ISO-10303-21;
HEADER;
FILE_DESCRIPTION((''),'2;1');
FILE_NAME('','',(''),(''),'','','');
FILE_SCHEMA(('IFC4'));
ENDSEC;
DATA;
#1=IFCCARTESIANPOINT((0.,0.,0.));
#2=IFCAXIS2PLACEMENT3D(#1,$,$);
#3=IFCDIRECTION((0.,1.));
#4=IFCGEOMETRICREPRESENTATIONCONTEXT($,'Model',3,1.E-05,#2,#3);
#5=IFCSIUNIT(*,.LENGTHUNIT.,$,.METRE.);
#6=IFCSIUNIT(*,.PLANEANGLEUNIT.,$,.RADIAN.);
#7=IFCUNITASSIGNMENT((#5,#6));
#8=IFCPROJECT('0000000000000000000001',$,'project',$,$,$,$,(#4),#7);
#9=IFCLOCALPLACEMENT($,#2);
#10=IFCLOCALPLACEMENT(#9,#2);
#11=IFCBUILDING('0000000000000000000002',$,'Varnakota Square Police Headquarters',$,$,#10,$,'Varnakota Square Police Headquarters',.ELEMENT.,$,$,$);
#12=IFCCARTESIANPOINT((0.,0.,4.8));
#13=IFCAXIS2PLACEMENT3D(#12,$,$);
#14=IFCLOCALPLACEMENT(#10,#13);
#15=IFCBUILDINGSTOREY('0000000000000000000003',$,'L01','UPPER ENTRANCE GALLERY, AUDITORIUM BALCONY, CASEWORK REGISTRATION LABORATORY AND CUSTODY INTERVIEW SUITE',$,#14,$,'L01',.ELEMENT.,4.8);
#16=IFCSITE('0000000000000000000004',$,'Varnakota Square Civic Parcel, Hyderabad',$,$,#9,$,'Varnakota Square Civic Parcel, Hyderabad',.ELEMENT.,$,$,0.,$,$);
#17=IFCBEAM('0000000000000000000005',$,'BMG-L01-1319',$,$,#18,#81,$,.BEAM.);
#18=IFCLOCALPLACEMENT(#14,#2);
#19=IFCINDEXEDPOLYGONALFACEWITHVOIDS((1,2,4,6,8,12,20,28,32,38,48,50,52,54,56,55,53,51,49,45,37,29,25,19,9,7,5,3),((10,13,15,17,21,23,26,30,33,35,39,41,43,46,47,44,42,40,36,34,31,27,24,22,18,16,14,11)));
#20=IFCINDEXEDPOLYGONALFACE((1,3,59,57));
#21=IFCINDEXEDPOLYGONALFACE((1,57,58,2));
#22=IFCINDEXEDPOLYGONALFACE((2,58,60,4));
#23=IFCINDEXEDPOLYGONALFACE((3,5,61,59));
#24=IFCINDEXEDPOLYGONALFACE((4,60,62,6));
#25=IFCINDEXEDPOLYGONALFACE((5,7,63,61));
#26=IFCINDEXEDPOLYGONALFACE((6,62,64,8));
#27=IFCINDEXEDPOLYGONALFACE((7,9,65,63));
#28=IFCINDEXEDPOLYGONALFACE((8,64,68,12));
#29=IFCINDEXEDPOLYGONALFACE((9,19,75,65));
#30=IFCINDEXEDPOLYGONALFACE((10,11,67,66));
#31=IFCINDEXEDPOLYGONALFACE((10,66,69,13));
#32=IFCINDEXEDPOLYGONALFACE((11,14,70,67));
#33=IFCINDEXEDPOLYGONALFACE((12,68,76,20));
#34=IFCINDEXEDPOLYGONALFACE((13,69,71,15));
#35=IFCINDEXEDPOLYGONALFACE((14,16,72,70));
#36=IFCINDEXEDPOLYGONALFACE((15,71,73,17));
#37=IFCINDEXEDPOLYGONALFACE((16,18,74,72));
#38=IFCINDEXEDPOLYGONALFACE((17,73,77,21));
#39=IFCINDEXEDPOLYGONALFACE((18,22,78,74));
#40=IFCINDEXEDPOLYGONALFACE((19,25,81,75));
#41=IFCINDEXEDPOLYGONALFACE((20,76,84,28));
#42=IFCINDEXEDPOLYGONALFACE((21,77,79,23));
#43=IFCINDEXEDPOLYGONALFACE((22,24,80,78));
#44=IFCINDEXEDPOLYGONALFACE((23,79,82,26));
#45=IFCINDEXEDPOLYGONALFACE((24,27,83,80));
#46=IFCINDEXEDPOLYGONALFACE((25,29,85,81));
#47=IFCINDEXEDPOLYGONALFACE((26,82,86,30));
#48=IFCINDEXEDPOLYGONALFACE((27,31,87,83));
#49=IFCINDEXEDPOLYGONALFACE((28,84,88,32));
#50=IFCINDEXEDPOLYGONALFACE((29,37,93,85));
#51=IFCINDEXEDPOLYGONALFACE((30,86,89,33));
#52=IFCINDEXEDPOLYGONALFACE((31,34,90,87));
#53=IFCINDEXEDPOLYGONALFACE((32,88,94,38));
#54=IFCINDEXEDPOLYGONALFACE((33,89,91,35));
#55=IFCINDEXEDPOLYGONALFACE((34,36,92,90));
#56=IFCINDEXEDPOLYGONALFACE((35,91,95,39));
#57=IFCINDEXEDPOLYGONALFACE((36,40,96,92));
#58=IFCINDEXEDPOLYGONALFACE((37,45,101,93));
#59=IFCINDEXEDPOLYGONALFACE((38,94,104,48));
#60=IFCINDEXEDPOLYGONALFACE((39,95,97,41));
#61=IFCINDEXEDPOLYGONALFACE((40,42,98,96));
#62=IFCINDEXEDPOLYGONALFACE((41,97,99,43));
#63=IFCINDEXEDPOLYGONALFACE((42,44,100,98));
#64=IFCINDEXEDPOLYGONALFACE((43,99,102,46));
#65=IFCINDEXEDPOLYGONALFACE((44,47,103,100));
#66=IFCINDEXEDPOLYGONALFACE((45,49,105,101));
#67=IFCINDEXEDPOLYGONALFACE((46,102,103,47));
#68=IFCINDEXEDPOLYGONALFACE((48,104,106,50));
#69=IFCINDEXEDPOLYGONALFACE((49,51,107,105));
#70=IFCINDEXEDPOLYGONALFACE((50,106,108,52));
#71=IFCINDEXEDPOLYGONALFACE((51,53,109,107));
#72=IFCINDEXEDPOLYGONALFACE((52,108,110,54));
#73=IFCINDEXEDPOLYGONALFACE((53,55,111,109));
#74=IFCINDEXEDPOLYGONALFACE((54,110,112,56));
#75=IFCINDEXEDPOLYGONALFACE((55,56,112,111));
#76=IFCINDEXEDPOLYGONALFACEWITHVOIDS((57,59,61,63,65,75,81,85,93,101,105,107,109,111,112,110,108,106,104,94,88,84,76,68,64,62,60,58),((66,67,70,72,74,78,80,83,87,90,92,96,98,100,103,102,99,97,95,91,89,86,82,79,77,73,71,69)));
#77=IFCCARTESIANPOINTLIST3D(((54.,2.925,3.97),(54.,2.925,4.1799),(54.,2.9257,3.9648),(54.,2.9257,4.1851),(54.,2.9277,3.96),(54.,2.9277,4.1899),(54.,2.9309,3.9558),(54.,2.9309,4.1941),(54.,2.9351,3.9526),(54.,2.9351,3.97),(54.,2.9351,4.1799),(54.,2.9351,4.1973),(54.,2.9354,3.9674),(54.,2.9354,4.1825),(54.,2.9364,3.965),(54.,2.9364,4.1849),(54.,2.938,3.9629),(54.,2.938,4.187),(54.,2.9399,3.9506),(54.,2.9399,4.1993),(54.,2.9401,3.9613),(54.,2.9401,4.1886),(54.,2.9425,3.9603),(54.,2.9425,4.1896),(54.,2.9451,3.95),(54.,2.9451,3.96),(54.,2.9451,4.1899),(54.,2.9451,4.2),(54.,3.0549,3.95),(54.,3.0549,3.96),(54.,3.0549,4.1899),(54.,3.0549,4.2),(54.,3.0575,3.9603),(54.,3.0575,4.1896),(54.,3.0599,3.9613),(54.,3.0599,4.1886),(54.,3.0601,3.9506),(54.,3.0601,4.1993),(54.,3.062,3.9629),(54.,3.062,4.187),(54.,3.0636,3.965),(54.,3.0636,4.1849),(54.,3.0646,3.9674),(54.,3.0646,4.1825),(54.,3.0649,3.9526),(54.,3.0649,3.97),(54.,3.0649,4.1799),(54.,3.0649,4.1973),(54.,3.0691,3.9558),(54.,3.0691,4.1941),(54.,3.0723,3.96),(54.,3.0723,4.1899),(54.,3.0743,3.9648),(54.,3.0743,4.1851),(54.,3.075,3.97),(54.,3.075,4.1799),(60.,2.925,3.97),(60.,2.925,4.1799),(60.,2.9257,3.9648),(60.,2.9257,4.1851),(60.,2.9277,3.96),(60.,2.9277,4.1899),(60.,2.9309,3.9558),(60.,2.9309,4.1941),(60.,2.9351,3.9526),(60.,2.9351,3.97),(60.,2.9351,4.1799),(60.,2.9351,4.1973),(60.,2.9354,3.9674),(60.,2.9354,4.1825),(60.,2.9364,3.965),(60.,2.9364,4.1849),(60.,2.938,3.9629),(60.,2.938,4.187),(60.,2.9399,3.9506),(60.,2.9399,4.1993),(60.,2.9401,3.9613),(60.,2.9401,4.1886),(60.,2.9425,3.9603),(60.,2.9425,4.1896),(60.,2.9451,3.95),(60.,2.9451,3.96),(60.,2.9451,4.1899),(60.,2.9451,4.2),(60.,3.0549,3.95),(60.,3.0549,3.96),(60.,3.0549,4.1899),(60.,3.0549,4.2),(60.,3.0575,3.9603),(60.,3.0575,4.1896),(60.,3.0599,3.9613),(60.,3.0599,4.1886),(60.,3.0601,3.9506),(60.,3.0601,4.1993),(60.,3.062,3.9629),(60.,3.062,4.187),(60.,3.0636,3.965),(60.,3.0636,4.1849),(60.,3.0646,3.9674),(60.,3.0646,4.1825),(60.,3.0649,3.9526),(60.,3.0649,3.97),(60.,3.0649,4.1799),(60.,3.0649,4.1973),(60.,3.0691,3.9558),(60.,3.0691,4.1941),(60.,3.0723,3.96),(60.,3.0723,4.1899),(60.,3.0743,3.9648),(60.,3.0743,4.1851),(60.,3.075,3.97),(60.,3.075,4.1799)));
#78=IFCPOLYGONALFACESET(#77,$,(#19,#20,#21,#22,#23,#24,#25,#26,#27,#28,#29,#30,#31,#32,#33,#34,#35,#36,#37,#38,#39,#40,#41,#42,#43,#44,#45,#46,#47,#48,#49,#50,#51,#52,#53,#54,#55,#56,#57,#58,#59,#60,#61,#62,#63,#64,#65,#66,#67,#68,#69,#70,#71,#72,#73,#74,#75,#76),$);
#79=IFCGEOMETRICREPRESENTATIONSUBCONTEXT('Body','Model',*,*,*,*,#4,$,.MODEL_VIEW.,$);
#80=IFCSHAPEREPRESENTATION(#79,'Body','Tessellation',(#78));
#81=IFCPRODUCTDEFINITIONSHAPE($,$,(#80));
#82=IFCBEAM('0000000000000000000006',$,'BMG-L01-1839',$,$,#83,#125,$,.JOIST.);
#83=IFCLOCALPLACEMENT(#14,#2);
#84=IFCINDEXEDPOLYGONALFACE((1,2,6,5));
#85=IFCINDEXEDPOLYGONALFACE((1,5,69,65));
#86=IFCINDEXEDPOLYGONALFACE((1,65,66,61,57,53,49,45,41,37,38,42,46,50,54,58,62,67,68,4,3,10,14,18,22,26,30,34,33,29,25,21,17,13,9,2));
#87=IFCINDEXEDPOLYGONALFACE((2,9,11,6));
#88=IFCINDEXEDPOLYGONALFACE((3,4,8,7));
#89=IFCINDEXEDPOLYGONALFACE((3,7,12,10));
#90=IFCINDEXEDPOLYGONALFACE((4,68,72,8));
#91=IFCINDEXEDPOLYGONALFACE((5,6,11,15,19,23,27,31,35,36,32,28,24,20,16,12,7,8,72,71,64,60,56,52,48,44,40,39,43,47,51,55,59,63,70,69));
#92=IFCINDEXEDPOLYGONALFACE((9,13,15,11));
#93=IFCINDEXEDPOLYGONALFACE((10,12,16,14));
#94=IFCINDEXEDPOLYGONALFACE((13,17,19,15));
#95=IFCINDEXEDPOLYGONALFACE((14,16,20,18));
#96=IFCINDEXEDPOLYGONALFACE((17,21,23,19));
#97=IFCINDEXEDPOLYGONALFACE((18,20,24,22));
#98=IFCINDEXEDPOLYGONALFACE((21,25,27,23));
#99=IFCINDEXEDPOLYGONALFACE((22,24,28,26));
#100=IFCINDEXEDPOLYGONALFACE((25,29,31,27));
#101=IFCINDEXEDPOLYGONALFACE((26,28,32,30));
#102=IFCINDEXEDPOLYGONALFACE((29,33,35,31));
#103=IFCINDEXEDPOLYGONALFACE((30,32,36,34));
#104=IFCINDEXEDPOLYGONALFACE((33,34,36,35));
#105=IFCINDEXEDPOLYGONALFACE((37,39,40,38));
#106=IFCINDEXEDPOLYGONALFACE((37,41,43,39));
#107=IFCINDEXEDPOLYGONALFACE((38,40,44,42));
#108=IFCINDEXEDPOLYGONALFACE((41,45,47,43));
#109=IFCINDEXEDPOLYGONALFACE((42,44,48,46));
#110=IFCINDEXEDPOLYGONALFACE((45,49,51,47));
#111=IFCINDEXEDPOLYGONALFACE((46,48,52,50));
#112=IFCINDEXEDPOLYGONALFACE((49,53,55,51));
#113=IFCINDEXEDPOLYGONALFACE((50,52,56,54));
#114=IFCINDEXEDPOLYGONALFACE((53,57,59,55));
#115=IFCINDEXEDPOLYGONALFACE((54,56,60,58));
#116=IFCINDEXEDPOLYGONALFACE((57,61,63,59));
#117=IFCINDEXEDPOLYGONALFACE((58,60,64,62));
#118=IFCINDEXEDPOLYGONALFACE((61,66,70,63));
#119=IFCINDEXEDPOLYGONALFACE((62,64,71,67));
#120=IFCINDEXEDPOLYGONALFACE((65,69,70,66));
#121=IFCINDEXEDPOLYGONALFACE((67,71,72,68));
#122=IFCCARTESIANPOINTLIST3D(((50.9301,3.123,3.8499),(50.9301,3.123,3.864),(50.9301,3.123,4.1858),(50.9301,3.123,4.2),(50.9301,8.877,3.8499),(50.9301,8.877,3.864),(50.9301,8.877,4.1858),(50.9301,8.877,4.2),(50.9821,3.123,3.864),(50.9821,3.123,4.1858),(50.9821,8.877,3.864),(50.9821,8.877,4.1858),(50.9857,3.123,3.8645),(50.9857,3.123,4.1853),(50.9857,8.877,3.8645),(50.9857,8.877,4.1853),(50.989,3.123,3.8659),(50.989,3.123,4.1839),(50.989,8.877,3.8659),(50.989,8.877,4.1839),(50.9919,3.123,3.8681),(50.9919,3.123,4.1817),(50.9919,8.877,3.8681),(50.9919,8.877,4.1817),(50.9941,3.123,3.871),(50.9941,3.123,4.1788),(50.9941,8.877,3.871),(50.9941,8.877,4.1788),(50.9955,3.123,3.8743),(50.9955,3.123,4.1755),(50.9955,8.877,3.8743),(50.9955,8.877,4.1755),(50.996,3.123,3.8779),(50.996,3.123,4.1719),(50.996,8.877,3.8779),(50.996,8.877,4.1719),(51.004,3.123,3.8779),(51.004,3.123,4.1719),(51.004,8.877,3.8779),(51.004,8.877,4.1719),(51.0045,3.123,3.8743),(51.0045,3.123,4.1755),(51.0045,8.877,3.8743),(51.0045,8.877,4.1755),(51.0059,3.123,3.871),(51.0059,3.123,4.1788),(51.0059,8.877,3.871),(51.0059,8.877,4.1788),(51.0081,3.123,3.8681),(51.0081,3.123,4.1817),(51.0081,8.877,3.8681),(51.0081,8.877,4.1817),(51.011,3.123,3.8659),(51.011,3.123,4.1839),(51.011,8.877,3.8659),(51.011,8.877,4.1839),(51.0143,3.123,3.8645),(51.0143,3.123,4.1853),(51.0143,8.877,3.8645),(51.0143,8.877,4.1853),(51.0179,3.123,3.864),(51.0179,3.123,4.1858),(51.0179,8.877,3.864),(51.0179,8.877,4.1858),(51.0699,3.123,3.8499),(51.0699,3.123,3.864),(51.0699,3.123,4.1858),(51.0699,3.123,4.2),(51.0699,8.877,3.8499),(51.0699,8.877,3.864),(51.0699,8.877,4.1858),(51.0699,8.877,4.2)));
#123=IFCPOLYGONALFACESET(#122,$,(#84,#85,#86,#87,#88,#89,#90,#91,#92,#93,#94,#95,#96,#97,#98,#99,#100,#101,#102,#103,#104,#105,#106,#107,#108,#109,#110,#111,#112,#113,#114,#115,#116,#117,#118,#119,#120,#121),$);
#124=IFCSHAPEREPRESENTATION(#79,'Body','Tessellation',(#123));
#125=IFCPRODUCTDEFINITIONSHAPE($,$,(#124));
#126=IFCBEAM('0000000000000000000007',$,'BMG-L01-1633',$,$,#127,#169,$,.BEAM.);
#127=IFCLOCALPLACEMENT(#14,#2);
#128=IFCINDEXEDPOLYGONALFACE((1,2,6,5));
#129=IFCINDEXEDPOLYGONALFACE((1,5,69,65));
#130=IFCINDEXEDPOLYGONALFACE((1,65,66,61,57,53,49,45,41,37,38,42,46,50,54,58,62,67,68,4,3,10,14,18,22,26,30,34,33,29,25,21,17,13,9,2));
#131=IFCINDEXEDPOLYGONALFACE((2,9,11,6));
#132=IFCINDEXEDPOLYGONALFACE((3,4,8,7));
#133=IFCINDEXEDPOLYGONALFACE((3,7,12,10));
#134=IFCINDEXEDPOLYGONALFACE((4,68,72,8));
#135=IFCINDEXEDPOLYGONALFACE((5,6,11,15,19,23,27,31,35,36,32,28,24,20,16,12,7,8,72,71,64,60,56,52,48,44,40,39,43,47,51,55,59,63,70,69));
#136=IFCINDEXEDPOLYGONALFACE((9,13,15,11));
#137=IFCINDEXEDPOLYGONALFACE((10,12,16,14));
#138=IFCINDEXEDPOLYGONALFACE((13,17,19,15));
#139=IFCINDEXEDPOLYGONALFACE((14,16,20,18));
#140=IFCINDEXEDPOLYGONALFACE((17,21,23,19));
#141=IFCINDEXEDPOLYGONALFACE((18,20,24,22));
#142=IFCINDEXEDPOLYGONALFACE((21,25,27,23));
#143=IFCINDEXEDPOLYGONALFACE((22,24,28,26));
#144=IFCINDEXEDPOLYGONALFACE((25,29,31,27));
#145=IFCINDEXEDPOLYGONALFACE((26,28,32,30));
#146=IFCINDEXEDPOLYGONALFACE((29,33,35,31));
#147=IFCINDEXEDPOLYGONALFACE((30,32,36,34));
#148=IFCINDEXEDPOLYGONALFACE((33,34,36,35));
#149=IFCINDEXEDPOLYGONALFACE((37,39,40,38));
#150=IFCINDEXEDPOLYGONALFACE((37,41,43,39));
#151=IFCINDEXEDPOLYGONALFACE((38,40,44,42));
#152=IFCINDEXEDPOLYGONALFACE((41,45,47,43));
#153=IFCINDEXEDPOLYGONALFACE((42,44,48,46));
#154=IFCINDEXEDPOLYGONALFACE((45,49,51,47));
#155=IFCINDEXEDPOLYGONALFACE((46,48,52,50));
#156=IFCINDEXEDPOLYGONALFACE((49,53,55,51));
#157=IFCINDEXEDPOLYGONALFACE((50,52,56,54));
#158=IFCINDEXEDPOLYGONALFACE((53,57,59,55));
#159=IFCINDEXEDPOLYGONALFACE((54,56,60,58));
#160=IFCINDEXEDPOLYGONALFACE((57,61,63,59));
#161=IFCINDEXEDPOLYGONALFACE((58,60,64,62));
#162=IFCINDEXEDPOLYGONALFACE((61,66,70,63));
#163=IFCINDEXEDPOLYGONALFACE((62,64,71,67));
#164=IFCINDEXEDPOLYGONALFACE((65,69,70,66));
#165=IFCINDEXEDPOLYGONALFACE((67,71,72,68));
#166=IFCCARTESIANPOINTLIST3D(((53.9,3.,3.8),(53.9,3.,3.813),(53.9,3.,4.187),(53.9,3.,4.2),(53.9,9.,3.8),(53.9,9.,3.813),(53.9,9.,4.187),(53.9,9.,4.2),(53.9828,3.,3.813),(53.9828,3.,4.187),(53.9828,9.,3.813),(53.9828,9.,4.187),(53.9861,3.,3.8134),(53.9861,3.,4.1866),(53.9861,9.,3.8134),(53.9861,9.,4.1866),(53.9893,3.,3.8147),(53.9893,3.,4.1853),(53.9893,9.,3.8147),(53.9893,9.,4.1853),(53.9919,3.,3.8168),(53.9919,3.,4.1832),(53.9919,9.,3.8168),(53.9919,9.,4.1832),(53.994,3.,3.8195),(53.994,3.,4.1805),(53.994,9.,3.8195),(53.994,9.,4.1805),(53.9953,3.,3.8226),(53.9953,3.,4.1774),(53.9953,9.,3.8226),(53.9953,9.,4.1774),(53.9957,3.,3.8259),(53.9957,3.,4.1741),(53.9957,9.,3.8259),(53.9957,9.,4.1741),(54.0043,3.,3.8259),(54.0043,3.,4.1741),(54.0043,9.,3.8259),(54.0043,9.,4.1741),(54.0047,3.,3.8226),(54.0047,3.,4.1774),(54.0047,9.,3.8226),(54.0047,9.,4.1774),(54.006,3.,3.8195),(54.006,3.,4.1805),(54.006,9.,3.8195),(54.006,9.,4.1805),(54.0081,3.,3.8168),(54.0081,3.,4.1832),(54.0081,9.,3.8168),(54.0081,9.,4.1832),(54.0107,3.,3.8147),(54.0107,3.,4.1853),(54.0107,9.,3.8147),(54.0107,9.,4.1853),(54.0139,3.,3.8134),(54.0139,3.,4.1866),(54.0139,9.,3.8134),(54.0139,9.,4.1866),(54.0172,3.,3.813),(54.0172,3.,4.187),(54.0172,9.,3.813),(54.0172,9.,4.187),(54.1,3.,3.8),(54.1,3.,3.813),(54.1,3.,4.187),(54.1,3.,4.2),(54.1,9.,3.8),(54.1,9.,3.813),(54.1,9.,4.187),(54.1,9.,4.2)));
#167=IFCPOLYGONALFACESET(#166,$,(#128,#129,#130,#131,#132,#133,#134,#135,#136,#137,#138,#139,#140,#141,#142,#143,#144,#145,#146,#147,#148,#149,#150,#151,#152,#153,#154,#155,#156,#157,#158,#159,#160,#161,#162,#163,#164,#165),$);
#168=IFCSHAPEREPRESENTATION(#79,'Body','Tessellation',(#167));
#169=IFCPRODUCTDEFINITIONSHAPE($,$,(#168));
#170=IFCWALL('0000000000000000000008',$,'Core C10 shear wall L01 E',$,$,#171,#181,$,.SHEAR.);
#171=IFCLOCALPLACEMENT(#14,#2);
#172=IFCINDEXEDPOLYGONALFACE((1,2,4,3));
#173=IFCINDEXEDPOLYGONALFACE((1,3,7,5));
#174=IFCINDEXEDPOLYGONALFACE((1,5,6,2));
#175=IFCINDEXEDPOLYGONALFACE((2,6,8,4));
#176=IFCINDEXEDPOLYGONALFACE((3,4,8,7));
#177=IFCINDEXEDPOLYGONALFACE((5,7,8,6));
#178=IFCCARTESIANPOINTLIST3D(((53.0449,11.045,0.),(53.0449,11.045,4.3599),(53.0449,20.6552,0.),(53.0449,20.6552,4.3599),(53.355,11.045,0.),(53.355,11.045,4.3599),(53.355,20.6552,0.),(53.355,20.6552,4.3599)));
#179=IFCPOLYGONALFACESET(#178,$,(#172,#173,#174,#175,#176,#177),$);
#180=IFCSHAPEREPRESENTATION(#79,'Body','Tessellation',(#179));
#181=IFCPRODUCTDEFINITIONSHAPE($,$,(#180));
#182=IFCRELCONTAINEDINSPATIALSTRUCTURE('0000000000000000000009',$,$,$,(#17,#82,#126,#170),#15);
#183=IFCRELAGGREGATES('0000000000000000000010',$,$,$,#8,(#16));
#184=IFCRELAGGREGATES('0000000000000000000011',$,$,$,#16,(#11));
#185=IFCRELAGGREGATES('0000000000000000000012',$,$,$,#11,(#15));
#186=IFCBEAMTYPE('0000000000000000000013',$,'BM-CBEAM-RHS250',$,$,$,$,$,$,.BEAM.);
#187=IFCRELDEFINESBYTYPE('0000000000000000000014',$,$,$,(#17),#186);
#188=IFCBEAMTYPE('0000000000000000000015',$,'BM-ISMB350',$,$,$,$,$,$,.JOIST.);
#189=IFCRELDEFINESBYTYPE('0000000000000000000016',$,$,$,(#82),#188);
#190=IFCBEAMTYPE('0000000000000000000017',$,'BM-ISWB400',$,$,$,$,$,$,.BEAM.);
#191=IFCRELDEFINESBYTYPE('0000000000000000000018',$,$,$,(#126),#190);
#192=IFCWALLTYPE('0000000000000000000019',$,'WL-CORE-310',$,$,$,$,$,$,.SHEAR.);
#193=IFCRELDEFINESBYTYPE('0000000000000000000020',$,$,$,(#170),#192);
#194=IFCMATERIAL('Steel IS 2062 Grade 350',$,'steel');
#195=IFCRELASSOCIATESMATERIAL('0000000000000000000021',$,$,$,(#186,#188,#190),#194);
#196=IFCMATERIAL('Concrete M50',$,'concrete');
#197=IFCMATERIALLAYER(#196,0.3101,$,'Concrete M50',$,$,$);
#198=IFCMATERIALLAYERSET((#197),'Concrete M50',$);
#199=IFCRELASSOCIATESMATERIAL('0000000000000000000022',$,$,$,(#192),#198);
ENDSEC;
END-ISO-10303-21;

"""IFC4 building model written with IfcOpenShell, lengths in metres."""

from ifc_helpers import new_model, si_unit, direction, frame, frame_2d, origin, origin_2d, place, context, subcontext, project, spatial, rectangle, hollow_rectangle, i_section, extrude, material, layer, layer_set, material_profile, profile_set, type_object, element, save


model = new_model("IFC4")

# Units and contexts
model_context = context("Model", 3, precision=1e-05, world=origin(), true_north=direction((0.0, 1.0)))
body_context = subcontext(model_context, "Body", "Model", "MODEL_VIEW")
ifc_project = project(units=[si_unit("LENGTHUNIT", "METRE"), si_unit("PLANEANGLEUNIT", "RADIAN")], contexts=[model_context])

# Site, building, storey
site_placement = place(None, origin())
site = spatial("IfcSite", under=ifc_project, at=site_placement, Name="Varnakota Square Civic Parcel, Hyderabad", LongName="Varnakota Square Civic Parcel, Hyderabad", CompositionType="ELEMENT", RefElevation=0.0)
building_placement = place(site_placement, origin())
building = spatial("IfcBuilding", under=site, at=building_placement, Name="Varnakota Square Police Headquarters", LongName="Varnakota Square Police Headquarters", CompositionType="ELEMENT")
storey_placement = place(building_placement, frame((0.0, 0.0, 4.8)))
storey = spatial("IfcBuildingStorey", under=building, at=storey_placement, Name="L01", Description="UPPER ENTRANCE GALLERY, AUDITORIUM BALCONY, CASEWORK REGISTRATION LABORATORY AND CUSTODY INTERVIEW SUITE", LongName="L01", CompositionType="ELEMENT", Elevation=4.8)

# Shared definitions
ifc_material_1 = material(Name="Steel IS 2062 Grade 350", Category="steel")

# Beams
ifc_material_profile_1 = material_profile(ifc_material_1, hollow_rectangle(XDim=0.1499, YDim=0.25, WallThickness=0.01, InnerFilletRadius=0.01, OuterFilletRadius=0.02, at=origin_2d()), Name="RHS 250x150x10")
ifc_profile_set_1 = profile_set([ifc_material_profile_1], Name="Steel IS 2062 Grade 350")
beam_type_1 = type_object("IfcBeamType", Name="BM-CBEAM-RHS250", PredefinedType="BEAM", material=ifc_profile_set_1)
beam_1_placement = place(storey_placement, frame((54.0, 3.0, 4.075), z_axis=(1.0, 0.0, 0.0), x_axis=(0.0, 1.0, 0.0)))
element("IfcBeam", 1, at=beam_1_placement, inside=storey, type_object=beam_type_1, Name="BMG-L01-1319", PredefinedType="BEAM", context=body_context, shape_type="SweptSolid", body=[
    extrude(hollow_rectangle(XDim=0.1499, YDim=0.25, WallThickness=0.01, InnerFilletRadius=0.01, OuterFilletRadius=0.02, at=origin_2d()), origin(), (0.0, 0.0, 1.0), 6.0),
])
ifc_material_profile_2 = material_profile(ifc_material_1, i_section(OverallWidth=0.1399, OverallDepth=0.3501, WebThickness=0.0081, FlangeThickness=0.0142, FilletRadius=0.0139, at=origin_2d()), Name="ISMB 350")
ifc_profile_set_2 = profile_set([ifc_material_profile_2], Name="Steel IS 2062 Grade 350")
beam_type_2 = type_object("IfcBeamType", Name="BM-ISMB350", PredefinedType="JOIST", material=ifc_profile_set_2)
beam_2_placement = place(storey_placement, frame((51.0, 3.123, 4.0249), z_axis=(0.0, 1.0, 0.0), x_axis=(-1.0, 0.0, 0.0)))
element("IfcBeam", 2, at=beam_2_placement, inside=storey, type_object=beam_type_2, Name="BMG-L01-1839", PredefinedType="JOIST", context=body_context, shape_type="SweptSolid", body=[
    extrude(i_section(OverallWidth=0.1399, OverallDepth=0.3501, WebThickness=0.0081, FlangeThickness=0.0142, FilletRadius=0.0139, at=origin_2d()), origin(), (0.0, 0.0, 1.0), 5.7539),
])
ifc_material_profile_3 = material_profile(ifc_material_1, i_section(OverallWidth=0.2, OverallDepth=0.3999, WebThickness=0.0085, FlangeThickness=0.0129, FilletRadius=0.0129, at=origin_2d()), Name="ISWB 400")
ifc_profile_set_3 = profile_set([ifc_material_profile_3], Name="Steel IS 2062 Grade 350")
beam_type_3 = type_object("IfcBeamType", Name="BM-ISWB400", PredefinedType="BEAM", material=ifc_profile_set_3)
beam_3_placement = place(storey_placement, frame((54.0, 3.0, 4.0), z_axis=(0.0, 1.0, 0.0), x_axis=(-1.0, 0.0, 0.0)))
element("IfcBeam", 3, at=beam_3_placement, inside=storey, type_object=beam_type_3, Name="BMG-L01-1633", PredefinedType="BEAM", context=body_context, shape_type="SweptSolid", body=[
    extrude(i_section(OverallWidth=0.2, OverallDepth=0.3999, WebThickness=0.0085, FlangeThickness=0.0129, FilletRadius=0.0129, at=origin_2d()), origin(), (0.0, 0.0, 1.0), 6.0),
])

# Wall
ifc_material_2 = material(Name="Concrete M50", Category="concrete")
ifc_layer_1 = layer(ifc_material_2, 0.3101, Name="Concrete M50")
ifc_layer_set_1 = layer_set([ifc_layer_1], Name="Concrete M50")
wall_type_1 = type_object("IfcWallType", Name="WL-CORE-310", PredefinedType="SHEAR", material=ifc_layer_set_1)
wall_1_placement = place(storey_placement, frame((53.2, 11.0449, 0.0), z_axis=(0.0, 0.0, 1.0), x_axis=(0.0, 1.0, 0.0)))
element("IfcWall", 4, at=wall_1_placement, inside=storey, type_object=wall_type_1, Name="Core C10 shear wall L01 E", PredefinedType="SHEAR", context=body_context, shape_type="SweptSolid", body=[
    extrude(rectangle(XDim=9.6101, YDim=0.3101, at=frame_2d((4.8052, 0.0))), origin(), (0.0, 0.0, 1.0), 4.3599),
])

save(model, "model.ifc")
